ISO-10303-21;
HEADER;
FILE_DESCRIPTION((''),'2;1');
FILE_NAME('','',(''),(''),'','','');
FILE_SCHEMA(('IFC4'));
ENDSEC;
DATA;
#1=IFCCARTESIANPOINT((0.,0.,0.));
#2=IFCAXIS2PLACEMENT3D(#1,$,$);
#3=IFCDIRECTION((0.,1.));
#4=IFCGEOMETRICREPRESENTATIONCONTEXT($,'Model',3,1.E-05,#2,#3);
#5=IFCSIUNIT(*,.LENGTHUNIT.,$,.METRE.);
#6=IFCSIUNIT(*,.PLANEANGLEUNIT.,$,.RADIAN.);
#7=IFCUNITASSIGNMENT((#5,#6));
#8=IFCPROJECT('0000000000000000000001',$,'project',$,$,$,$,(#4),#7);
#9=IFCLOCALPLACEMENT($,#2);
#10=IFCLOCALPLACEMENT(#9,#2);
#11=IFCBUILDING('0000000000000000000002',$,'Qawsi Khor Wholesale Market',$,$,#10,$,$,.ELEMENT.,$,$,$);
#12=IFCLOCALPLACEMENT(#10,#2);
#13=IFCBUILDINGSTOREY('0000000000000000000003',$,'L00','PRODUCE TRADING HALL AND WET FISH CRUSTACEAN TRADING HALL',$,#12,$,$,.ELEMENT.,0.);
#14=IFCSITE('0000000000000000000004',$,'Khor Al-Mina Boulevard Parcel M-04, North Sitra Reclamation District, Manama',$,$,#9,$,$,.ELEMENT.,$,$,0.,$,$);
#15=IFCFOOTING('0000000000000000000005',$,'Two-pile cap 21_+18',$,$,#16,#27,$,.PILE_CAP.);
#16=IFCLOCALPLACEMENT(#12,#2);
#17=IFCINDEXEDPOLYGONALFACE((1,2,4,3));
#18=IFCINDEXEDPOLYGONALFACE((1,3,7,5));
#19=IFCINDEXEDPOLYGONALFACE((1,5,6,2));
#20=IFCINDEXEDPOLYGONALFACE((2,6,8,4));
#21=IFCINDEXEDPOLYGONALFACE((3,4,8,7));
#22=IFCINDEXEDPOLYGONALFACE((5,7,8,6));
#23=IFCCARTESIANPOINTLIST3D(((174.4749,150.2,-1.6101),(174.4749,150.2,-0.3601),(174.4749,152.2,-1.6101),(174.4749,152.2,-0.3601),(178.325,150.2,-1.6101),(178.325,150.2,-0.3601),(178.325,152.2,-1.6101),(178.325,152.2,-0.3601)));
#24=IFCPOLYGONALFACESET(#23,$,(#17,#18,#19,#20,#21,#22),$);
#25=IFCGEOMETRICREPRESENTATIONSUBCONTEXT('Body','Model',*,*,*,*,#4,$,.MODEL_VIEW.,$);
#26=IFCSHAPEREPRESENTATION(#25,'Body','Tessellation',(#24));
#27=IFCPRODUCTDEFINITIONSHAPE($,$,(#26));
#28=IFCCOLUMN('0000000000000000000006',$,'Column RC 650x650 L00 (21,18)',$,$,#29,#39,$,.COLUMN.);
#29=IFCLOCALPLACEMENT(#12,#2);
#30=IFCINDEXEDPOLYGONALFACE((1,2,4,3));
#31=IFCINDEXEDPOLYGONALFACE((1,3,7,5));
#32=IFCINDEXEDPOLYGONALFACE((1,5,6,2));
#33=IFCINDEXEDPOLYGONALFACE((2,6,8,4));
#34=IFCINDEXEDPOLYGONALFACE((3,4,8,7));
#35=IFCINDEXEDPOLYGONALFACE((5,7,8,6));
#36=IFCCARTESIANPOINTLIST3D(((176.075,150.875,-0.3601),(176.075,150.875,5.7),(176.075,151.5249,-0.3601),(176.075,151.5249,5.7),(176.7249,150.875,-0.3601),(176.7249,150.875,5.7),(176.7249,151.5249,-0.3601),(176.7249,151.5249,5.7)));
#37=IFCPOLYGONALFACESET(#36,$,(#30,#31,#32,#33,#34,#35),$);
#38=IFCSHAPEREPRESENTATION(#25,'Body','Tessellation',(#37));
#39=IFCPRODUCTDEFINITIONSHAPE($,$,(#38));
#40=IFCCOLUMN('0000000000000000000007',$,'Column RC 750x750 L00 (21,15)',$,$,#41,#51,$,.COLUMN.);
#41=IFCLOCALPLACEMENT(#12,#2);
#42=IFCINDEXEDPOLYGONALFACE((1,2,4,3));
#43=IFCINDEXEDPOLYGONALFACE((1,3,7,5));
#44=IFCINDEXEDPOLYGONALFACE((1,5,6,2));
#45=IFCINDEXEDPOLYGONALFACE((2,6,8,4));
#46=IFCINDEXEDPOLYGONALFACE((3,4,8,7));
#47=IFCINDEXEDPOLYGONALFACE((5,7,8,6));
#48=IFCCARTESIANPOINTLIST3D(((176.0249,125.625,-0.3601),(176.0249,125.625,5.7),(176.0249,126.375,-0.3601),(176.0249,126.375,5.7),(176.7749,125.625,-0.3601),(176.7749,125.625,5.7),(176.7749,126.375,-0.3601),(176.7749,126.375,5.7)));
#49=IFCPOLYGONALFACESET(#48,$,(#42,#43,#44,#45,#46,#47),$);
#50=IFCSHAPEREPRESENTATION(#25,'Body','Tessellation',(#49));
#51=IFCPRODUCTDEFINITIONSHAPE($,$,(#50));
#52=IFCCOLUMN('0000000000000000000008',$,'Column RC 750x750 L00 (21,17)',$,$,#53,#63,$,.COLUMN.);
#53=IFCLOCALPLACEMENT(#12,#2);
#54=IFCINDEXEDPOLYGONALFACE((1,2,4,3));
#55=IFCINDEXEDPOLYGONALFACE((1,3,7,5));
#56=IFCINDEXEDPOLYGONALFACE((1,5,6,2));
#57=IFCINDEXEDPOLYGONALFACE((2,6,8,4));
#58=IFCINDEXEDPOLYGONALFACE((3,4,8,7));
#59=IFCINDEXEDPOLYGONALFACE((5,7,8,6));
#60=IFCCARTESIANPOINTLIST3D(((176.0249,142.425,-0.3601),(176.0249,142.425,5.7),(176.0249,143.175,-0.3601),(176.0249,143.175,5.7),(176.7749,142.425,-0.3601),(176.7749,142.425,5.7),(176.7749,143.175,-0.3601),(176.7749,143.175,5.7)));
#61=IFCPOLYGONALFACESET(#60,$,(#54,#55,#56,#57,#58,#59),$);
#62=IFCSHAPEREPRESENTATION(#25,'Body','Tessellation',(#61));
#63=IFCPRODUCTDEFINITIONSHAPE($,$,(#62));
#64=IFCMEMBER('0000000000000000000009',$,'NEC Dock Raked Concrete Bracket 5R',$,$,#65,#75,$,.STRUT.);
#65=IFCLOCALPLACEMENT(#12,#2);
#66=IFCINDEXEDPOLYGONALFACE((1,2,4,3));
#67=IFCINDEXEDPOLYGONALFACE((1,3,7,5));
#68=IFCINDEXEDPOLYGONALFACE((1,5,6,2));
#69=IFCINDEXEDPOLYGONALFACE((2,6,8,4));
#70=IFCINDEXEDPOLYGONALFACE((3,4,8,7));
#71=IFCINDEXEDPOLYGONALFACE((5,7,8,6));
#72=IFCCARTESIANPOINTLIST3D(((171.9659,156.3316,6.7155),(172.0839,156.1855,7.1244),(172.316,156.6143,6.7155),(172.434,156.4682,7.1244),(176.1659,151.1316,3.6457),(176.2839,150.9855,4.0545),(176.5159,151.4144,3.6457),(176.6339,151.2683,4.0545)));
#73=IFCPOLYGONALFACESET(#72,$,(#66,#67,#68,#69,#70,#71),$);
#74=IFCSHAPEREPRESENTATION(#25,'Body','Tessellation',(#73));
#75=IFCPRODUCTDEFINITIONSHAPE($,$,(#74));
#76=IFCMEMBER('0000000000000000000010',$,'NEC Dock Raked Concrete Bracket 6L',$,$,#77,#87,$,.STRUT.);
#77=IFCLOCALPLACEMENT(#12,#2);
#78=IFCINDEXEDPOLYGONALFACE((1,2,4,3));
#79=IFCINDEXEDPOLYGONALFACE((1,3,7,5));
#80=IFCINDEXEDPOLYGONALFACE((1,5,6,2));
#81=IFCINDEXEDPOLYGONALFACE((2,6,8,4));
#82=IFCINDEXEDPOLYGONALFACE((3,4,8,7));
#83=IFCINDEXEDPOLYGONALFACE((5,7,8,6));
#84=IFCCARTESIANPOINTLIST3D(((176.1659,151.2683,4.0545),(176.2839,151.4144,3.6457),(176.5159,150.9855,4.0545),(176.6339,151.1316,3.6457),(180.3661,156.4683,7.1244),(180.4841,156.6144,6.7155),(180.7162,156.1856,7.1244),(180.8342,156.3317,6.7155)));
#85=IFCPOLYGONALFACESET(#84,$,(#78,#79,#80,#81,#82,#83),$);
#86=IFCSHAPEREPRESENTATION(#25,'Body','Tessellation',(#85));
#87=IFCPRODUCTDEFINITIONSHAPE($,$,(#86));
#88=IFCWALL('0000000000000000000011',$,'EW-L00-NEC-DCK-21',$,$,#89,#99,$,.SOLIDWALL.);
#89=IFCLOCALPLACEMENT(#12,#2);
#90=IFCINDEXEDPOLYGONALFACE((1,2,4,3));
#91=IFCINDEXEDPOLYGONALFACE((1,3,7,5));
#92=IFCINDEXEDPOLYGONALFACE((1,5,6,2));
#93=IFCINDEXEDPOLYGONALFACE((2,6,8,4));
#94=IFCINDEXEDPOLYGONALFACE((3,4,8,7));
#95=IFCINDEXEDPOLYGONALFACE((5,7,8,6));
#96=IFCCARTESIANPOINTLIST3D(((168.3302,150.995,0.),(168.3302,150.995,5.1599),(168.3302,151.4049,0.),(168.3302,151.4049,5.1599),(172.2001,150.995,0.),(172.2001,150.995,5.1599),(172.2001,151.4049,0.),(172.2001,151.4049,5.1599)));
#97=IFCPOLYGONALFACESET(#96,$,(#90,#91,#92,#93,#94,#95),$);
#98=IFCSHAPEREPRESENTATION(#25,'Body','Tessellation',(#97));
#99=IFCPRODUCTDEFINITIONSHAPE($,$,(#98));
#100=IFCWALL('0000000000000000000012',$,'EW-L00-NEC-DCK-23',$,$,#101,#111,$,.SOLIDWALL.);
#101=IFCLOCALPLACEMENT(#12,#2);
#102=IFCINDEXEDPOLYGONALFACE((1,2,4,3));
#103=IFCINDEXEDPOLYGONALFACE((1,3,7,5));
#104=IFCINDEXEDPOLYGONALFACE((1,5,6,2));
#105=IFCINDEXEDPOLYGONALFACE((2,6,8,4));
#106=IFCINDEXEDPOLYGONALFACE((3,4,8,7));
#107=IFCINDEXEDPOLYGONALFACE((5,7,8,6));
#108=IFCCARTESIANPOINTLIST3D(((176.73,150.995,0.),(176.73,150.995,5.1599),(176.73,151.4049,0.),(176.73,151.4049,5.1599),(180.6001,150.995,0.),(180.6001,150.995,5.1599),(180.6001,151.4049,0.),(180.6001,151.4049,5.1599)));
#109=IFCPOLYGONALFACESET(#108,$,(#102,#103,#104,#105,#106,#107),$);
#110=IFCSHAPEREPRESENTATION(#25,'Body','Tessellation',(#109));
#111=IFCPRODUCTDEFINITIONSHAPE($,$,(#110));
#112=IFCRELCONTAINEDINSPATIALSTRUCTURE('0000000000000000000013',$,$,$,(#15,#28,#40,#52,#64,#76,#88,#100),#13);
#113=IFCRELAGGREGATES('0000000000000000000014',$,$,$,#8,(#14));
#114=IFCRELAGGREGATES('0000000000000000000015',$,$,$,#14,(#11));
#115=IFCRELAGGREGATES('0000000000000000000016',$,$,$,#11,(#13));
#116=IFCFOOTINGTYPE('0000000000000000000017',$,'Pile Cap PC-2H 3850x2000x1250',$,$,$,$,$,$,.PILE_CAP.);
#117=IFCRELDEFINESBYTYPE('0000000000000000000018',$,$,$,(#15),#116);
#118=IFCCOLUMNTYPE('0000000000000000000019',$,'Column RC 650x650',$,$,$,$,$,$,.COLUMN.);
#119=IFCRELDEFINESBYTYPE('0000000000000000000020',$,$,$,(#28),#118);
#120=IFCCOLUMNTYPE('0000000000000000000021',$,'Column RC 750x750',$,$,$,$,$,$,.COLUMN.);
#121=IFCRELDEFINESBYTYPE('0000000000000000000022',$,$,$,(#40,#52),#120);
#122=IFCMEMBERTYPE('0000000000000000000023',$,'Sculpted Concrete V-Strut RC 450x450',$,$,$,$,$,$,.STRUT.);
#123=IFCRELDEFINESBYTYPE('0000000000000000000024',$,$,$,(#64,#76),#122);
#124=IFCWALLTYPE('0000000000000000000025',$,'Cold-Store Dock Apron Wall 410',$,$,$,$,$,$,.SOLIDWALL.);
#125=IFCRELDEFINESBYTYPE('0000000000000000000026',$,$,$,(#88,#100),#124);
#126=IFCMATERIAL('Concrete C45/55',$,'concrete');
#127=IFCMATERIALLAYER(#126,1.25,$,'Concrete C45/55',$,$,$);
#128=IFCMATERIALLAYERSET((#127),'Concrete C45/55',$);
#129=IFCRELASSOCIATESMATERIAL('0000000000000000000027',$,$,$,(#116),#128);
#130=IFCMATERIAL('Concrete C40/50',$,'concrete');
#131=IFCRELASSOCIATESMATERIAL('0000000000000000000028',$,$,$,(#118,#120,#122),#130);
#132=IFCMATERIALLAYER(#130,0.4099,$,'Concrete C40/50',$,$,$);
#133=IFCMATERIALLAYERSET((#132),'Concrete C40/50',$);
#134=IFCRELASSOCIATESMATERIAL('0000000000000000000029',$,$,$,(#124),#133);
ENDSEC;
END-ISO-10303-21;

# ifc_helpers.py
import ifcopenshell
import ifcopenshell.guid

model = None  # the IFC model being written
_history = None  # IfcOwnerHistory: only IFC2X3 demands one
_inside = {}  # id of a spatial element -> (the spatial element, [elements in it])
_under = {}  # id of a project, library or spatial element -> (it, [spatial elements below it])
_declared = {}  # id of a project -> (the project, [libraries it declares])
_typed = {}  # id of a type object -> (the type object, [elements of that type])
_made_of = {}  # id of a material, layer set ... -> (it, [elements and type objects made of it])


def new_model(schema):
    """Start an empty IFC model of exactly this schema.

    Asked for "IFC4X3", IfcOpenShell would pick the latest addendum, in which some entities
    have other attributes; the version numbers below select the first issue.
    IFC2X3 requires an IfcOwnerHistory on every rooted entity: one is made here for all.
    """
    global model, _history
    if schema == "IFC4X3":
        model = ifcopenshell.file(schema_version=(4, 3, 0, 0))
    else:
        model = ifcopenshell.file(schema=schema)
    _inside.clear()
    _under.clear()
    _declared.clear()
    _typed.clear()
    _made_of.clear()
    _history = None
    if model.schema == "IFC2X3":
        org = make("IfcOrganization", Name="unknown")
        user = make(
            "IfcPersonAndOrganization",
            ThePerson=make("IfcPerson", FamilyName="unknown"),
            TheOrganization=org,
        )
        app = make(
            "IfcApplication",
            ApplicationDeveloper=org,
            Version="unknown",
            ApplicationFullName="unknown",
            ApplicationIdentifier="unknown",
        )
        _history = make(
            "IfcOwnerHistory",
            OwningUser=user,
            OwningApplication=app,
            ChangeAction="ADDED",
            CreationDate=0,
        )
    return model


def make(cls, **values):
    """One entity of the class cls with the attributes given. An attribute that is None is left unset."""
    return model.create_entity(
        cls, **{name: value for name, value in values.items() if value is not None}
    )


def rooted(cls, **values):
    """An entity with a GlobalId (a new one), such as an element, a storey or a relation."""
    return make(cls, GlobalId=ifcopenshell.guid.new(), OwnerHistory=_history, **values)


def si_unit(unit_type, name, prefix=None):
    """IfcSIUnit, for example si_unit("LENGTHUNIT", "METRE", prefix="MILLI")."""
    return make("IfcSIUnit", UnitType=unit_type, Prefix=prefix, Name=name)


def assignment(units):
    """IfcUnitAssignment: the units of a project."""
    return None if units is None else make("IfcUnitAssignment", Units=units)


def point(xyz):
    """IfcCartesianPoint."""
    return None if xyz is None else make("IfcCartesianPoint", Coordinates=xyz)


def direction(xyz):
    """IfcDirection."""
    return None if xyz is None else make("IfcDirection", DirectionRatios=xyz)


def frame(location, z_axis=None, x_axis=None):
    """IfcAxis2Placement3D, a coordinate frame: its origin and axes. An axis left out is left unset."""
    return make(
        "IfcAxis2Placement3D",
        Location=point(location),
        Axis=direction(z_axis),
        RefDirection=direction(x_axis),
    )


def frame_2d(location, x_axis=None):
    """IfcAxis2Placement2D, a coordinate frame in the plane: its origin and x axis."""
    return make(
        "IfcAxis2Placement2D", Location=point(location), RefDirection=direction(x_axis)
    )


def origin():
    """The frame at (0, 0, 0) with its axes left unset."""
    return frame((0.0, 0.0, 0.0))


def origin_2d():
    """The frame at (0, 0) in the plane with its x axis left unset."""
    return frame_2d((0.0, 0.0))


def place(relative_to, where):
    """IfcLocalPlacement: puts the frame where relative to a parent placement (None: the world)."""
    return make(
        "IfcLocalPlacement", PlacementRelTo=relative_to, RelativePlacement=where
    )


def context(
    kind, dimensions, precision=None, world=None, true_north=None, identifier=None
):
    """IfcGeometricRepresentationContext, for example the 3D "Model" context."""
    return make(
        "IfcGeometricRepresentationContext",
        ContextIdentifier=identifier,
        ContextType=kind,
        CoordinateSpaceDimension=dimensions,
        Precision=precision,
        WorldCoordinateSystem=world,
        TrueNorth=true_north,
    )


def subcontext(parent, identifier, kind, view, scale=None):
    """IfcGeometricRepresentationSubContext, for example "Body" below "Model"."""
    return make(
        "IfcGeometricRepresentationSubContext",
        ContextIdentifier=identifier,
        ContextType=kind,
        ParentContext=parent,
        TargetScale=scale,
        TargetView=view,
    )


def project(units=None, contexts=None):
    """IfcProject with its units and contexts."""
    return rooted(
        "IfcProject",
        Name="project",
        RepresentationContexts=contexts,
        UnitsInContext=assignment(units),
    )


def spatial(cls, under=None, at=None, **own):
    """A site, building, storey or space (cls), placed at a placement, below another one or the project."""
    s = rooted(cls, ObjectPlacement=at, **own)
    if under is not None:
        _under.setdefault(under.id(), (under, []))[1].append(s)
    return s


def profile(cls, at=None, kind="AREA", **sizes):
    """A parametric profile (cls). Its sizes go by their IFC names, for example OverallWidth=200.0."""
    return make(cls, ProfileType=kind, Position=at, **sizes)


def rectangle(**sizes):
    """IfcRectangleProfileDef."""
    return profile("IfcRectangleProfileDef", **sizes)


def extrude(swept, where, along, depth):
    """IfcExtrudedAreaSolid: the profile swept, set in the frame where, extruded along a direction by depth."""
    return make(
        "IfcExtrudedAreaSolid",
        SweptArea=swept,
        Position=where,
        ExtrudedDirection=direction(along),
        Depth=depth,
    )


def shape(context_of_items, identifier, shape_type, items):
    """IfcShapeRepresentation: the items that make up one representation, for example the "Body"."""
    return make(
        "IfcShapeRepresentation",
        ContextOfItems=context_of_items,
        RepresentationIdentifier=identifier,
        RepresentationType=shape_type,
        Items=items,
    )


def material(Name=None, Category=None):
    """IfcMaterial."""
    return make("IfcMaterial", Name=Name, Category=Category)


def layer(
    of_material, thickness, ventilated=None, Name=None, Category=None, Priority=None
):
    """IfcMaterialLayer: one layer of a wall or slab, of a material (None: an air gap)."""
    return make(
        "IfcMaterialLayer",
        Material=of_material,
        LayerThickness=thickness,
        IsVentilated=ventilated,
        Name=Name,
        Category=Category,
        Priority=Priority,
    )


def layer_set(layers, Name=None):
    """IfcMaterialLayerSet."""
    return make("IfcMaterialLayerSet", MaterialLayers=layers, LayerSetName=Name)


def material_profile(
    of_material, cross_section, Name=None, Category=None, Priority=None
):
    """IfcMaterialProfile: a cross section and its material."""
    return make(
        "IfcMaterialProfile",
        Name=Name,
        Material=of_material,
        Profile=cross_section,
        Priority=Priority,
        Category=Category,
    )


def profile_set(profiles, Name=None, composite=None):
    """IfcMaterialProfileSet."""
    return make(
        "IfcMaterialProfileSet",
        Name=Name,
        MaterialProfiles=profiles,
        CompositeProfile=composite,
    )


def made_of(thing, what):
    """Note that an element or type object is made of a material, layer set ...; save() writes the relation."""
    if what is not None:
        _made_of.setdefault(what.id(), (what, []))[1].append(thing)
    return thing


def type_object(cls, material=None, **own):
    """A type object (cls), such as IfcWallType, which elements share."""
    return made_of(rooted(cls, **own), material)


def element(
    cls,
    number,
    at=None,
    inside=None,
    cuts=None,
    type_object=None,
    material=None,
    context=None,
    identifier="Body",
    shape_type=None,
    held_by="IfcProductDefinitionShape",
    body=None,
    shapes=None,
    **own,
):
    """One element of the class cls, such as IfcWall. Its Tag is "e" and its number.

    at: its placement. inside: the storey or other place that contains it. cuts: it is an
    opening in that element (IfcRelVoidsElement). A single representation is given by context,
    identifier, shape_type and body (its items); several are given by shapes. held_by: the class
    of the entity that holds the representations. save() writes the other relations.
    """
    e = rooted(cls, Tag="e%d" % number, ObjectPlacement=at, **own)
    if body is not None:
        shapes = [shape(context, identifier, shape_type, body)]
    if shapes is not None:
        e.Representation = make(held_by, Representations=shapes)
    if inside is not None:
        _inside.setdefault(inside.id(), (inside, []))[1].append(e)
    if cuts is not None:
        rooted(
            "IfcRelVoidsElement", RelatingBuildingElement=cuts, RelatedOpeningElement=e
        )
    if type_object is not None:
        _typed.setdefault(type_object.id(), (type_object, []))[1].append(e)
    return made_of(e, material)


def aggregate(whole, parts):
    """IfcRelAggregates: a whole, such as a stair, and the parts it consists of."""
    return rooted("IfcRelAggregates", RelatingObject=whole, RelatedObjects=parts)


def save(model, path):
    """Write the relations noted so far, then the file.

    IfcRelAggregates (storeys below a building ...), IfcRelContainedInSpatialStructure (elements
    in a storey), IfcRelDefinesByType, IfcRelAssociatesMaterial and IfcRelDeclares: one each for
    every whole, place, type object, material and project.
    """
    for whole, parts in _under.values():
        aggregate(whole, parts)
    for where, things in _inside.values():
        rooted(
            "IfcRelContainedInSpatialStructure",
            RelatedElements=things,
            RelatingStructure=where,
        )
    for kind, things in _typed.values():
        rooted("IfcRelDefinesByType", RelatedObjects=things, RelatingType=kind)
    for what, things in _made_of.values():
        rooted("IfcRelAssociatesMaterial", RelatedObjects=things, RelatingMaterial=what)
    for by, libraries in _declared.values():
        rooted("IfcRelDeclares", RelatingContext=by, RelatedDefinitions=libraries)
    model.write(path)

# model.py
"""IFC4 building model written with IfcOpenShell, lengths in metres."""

from ifc_helpers import new_model, si_unit, direction, frame, frame_2d, origin, origin_2d, place, context, subcontext, project, spatial, rectangle, extrude, material, layer, layer_set, material_profile, profile_set, type_object, element, save


model = new_model("IFC4")

# Units and contexts
model_context = context("Model", 3, precision=1e-05, world=origin(), true_north=direction((0.0, 1.0)))
body_context = subcontext(model_context, "Body", "Model", "MODEL_VIEW")
ifc_project = project(units=[si_unit("LENGTHUNIT", "METRE"), si_unit("PLANEANGLEUNIT", "RADIAN")], contexts=[model_context])

# Site, building, storey
site_placement = place(None, origin())
site = spatial("IfcSite", under=ifc_project, at=site_placement, Name="Khor Al-Mina Boulevard Parcel M-04, North Sitra Reclamation District, Manama", CompositionType="ELEMENT", RefElevation=0.0)
building_placement = place(site_placement, origin())
building = spatial("IfcBuilding", under=site, at=building_placement, Name="Qawsi Khor Wholesale Market", CompositionType="ELEMENT")
storey_placement = place(building_placement, origin())
storey = spatial("IfcBuildingStorey", under=building, at=storey_placement, Name="L00", Description="PRODUCE TRADING HALL AND WET FISH CRUSTACEAN TRADING HALL", CompositionType="ELEMENT", Elevation=0.0)

# Shared definitions
ifc_material_1 = material(Name="Concrete C45/55", Category="concrete")

# Footing
ifc_layer_1 = layer(ifc_material_1, 1.25, Name="Concrete C45/55")
ifc_layer_set_1 = layer_set([ifc_layer_1], Name="Concrete C45/55")
footing_type_1 = type_object("IfcFootingType", Name="Pile Cap PC-2H 3850x2000x1250", PredefinedType="PILE_CAP", material=ifc_layer_set_1)
for number, where, z_axis, x_axis, name in (
    (1, (176.3999, 151.2, -1.6101), (0.0, 0.0, 1.0), (1.0, 0.0, 0.0), "Two-pile cap 21_+18"),
):
    element("IfcFooting", number, at=place(storey_placement, frame(where, z_axis=z_axis, x_axis=x_axis)), inside=storey, type_object=footing_type_1, Name=name, PredefinedType="PILE_CAP", context=body_context, shape_type="SweptSolid", body=[
        extrude(rectangle(XDim=3.8501, YDim=2.0, at=origin_2d()), origin(), (0.0, 0.0, 1.0), 1.25),
    ])

# Columns
ifc_material_2 = material(Name="Concrete C40/50", Category="concrete")
ifc_material_profile_1 = material_profile(ifc_material_2, rectangle(XDim=0.6499, YDim=0.6499, at=origin_2d()), Name="RC 650x650")
ifc_profile_set_1 = profile_set([ifc_material_profile_1], Name="Concrete C40/50")
column_type_1 = type_object("IfcColumnType", Name="Column RC 650x650", PredefinedType="COLUMN", material=ifc_profile_set_1)
column_placement = place(storey_placement, frame((176.3999, 151.2, -0.3601), z_axis=(0.0, 0.0, 1.0), x_axis=(1.0, 0.0, 0.0)))
element("IfcColumn", 2, at=column_placement, inside=storey, type_object=column_type_1, Name="Column RC 650x650 L00 (21,18)", PredefinedType="COLUMN", context=body_context, shape_type="SweptSolid", body=[
    extrude(rectangle(XDim=0.6499, YDim=0.6499, at=origin_2d()), origin(), (0.0, 0.0, 1.0), 6.0601),
])
ifc_material_profile_2 = material_profile(ifc_material_2, rectangle(XDim=0.75, YDim=0.75, at=origin_2d()), Name="RC 750x750")
ifc_profile_set_2 = profile_set([ifc_material_profile_2], Name="Concrete C40/50")
column_type_2 = type_object("IfcColumnType", Name="Column RC 750x750", PredefinedType="COLUMN", material=ifc_profile_set_2)
for number, where, z_axis, x_axis, name in (
    (3, (176.3999, 126.0, -0.3601), (0.0, 0.0, 1.0), (1.0, 0.0, 0.0), "Column RC 750x750 L00 (21,15)"),
    (4, (176.3999, 142.8, -0.3601), (0.0, 0.0, 1.0), (1.0, 0.0, 0.0), "Column RC 750x750 L00 (21,17)"),
):
    element("IfcColumn", number, at=place(storey_placement, frame(where, z_axis=z_axis, x_axis=x_axis)), inside=storey, type_object=column_type_2, Name=name, PredefinedType="COLUMN", context=body_context, shape_type="SweptSolid", body=[
        extrude(rectangle(XDim=0.75, YDim=0.75, at=origin_2d()), origin(), (0.0, 0.0, 1.0), 6.0601),
    ])

# Members
ifc_material_profile_3 = material_profile(ifc_material_2, rectangle(XDim=0.45, YDim=0.45, at=origin_2d()), Name="RC 450x450")
ifc_profile_set_3 = profile_set([ifc_material_profile_3], Name="Concrete C40/50")
member_type = type_object("IfcMemberType", Name="Sculpted Concrete V-Strut RC 450x450", PredefinedType="STRUT", material=ifc_profile_set_3)
member_1_placement = place(storey_placement, frame((176.3999, 151.2, 3.8501), z_axis=(-0.570997, 0.70695, 0.417353), x_axis=(-0.777942, -0.628336, 0.0)))
element("IfcMember", 5, at=member_1_placement, inside=storey, type_object=member_type, Name="NEC Dock Raked Concrete Bracket 5R", PredefinedType="STRUT", context=body_context, shape_type="SweptSolid", body=[
    extrude(rectangle(XDim=0.45, YDim=0.45, at=origin_2d()), origin(), (0.0, 0.0, 1.0), 7.3555),
])
member_2_placement = place(storey_placement, frame((176.3999, 151.2, 3.8501), z_axis=(0.57102, 0.706937, 0.417345), x_axis=(-0.777924, 0.628358, 0.0)))
element("IfcMember", 6, at=member_2_placement, inside=storey, type_object=member_type, Name="NEC Dock Raked Concrete Bracket 6L", PredefinedType="STRUT", context=body_context, shape_type="SweptSolid", body=[
    extrude(rectangle(XDim=0.45, YDim=0.45, at=origin_2d()), origin(), (0.0, 0.0, 1.0), 7.3557),
])

# Wall
ifc_layer_2 = layer(ifc_material_2, 0.4099, Name="Concrete C40/50")
ifc_layer_set_2 = layer_set([ifc_layer_2], Name="Concrete C40/50")
wall_type = type_object("IfcWallType", Name="Cold-Store Dock Apron Wall 410", PredefinedType="SOLIDWALL", material=ifc_layer_set_2)
wall_1_placement = place(storey_placement, frame((168.3301, 151.2, 0.0), z_axis=(0.0, 0.0, 1.0), x_axis=(1.0, 0.0, 0.0)))
element("IfcWall", 7, at=wall_1_placement, inside=storey, type_object=wall_type, Name="EW-L00-NEC-DCK-21", PredefinedType="SOLIDWALL", context=body_context, shape_type="SweptSolid", body=[
    extrude(rectangle(XDim=3.8699, YDim=0.4099, at=frame_2d((1.9351, 0.0))), origin(), (0.0, 0.0, 1.0), 5.1599),
])

# Wall
wall_2_placement = place(storey_placement, frame((176.73, 151.2, 0.0), z_axis=(0.0, 0.0, 1.0), x_axis=(1.0, 0.0, 0.0)))
element("IfcWall", 8, at=wall_2_placement, inside=storey, type_object=wall_type, Name="EW-L00-NEC-DCK-23", PredefinedType="SOLIDWALL", context=body_context, shape_type="SweptSolid", body=[
    extrude(rectangle(XDim=3.8701, YDim=0.4099, at=frame_2d((1.9351, 0.0))), origin(), (0.0, 0.0, 1.0), 5.1599),
])

save(model, "model.ifc")
